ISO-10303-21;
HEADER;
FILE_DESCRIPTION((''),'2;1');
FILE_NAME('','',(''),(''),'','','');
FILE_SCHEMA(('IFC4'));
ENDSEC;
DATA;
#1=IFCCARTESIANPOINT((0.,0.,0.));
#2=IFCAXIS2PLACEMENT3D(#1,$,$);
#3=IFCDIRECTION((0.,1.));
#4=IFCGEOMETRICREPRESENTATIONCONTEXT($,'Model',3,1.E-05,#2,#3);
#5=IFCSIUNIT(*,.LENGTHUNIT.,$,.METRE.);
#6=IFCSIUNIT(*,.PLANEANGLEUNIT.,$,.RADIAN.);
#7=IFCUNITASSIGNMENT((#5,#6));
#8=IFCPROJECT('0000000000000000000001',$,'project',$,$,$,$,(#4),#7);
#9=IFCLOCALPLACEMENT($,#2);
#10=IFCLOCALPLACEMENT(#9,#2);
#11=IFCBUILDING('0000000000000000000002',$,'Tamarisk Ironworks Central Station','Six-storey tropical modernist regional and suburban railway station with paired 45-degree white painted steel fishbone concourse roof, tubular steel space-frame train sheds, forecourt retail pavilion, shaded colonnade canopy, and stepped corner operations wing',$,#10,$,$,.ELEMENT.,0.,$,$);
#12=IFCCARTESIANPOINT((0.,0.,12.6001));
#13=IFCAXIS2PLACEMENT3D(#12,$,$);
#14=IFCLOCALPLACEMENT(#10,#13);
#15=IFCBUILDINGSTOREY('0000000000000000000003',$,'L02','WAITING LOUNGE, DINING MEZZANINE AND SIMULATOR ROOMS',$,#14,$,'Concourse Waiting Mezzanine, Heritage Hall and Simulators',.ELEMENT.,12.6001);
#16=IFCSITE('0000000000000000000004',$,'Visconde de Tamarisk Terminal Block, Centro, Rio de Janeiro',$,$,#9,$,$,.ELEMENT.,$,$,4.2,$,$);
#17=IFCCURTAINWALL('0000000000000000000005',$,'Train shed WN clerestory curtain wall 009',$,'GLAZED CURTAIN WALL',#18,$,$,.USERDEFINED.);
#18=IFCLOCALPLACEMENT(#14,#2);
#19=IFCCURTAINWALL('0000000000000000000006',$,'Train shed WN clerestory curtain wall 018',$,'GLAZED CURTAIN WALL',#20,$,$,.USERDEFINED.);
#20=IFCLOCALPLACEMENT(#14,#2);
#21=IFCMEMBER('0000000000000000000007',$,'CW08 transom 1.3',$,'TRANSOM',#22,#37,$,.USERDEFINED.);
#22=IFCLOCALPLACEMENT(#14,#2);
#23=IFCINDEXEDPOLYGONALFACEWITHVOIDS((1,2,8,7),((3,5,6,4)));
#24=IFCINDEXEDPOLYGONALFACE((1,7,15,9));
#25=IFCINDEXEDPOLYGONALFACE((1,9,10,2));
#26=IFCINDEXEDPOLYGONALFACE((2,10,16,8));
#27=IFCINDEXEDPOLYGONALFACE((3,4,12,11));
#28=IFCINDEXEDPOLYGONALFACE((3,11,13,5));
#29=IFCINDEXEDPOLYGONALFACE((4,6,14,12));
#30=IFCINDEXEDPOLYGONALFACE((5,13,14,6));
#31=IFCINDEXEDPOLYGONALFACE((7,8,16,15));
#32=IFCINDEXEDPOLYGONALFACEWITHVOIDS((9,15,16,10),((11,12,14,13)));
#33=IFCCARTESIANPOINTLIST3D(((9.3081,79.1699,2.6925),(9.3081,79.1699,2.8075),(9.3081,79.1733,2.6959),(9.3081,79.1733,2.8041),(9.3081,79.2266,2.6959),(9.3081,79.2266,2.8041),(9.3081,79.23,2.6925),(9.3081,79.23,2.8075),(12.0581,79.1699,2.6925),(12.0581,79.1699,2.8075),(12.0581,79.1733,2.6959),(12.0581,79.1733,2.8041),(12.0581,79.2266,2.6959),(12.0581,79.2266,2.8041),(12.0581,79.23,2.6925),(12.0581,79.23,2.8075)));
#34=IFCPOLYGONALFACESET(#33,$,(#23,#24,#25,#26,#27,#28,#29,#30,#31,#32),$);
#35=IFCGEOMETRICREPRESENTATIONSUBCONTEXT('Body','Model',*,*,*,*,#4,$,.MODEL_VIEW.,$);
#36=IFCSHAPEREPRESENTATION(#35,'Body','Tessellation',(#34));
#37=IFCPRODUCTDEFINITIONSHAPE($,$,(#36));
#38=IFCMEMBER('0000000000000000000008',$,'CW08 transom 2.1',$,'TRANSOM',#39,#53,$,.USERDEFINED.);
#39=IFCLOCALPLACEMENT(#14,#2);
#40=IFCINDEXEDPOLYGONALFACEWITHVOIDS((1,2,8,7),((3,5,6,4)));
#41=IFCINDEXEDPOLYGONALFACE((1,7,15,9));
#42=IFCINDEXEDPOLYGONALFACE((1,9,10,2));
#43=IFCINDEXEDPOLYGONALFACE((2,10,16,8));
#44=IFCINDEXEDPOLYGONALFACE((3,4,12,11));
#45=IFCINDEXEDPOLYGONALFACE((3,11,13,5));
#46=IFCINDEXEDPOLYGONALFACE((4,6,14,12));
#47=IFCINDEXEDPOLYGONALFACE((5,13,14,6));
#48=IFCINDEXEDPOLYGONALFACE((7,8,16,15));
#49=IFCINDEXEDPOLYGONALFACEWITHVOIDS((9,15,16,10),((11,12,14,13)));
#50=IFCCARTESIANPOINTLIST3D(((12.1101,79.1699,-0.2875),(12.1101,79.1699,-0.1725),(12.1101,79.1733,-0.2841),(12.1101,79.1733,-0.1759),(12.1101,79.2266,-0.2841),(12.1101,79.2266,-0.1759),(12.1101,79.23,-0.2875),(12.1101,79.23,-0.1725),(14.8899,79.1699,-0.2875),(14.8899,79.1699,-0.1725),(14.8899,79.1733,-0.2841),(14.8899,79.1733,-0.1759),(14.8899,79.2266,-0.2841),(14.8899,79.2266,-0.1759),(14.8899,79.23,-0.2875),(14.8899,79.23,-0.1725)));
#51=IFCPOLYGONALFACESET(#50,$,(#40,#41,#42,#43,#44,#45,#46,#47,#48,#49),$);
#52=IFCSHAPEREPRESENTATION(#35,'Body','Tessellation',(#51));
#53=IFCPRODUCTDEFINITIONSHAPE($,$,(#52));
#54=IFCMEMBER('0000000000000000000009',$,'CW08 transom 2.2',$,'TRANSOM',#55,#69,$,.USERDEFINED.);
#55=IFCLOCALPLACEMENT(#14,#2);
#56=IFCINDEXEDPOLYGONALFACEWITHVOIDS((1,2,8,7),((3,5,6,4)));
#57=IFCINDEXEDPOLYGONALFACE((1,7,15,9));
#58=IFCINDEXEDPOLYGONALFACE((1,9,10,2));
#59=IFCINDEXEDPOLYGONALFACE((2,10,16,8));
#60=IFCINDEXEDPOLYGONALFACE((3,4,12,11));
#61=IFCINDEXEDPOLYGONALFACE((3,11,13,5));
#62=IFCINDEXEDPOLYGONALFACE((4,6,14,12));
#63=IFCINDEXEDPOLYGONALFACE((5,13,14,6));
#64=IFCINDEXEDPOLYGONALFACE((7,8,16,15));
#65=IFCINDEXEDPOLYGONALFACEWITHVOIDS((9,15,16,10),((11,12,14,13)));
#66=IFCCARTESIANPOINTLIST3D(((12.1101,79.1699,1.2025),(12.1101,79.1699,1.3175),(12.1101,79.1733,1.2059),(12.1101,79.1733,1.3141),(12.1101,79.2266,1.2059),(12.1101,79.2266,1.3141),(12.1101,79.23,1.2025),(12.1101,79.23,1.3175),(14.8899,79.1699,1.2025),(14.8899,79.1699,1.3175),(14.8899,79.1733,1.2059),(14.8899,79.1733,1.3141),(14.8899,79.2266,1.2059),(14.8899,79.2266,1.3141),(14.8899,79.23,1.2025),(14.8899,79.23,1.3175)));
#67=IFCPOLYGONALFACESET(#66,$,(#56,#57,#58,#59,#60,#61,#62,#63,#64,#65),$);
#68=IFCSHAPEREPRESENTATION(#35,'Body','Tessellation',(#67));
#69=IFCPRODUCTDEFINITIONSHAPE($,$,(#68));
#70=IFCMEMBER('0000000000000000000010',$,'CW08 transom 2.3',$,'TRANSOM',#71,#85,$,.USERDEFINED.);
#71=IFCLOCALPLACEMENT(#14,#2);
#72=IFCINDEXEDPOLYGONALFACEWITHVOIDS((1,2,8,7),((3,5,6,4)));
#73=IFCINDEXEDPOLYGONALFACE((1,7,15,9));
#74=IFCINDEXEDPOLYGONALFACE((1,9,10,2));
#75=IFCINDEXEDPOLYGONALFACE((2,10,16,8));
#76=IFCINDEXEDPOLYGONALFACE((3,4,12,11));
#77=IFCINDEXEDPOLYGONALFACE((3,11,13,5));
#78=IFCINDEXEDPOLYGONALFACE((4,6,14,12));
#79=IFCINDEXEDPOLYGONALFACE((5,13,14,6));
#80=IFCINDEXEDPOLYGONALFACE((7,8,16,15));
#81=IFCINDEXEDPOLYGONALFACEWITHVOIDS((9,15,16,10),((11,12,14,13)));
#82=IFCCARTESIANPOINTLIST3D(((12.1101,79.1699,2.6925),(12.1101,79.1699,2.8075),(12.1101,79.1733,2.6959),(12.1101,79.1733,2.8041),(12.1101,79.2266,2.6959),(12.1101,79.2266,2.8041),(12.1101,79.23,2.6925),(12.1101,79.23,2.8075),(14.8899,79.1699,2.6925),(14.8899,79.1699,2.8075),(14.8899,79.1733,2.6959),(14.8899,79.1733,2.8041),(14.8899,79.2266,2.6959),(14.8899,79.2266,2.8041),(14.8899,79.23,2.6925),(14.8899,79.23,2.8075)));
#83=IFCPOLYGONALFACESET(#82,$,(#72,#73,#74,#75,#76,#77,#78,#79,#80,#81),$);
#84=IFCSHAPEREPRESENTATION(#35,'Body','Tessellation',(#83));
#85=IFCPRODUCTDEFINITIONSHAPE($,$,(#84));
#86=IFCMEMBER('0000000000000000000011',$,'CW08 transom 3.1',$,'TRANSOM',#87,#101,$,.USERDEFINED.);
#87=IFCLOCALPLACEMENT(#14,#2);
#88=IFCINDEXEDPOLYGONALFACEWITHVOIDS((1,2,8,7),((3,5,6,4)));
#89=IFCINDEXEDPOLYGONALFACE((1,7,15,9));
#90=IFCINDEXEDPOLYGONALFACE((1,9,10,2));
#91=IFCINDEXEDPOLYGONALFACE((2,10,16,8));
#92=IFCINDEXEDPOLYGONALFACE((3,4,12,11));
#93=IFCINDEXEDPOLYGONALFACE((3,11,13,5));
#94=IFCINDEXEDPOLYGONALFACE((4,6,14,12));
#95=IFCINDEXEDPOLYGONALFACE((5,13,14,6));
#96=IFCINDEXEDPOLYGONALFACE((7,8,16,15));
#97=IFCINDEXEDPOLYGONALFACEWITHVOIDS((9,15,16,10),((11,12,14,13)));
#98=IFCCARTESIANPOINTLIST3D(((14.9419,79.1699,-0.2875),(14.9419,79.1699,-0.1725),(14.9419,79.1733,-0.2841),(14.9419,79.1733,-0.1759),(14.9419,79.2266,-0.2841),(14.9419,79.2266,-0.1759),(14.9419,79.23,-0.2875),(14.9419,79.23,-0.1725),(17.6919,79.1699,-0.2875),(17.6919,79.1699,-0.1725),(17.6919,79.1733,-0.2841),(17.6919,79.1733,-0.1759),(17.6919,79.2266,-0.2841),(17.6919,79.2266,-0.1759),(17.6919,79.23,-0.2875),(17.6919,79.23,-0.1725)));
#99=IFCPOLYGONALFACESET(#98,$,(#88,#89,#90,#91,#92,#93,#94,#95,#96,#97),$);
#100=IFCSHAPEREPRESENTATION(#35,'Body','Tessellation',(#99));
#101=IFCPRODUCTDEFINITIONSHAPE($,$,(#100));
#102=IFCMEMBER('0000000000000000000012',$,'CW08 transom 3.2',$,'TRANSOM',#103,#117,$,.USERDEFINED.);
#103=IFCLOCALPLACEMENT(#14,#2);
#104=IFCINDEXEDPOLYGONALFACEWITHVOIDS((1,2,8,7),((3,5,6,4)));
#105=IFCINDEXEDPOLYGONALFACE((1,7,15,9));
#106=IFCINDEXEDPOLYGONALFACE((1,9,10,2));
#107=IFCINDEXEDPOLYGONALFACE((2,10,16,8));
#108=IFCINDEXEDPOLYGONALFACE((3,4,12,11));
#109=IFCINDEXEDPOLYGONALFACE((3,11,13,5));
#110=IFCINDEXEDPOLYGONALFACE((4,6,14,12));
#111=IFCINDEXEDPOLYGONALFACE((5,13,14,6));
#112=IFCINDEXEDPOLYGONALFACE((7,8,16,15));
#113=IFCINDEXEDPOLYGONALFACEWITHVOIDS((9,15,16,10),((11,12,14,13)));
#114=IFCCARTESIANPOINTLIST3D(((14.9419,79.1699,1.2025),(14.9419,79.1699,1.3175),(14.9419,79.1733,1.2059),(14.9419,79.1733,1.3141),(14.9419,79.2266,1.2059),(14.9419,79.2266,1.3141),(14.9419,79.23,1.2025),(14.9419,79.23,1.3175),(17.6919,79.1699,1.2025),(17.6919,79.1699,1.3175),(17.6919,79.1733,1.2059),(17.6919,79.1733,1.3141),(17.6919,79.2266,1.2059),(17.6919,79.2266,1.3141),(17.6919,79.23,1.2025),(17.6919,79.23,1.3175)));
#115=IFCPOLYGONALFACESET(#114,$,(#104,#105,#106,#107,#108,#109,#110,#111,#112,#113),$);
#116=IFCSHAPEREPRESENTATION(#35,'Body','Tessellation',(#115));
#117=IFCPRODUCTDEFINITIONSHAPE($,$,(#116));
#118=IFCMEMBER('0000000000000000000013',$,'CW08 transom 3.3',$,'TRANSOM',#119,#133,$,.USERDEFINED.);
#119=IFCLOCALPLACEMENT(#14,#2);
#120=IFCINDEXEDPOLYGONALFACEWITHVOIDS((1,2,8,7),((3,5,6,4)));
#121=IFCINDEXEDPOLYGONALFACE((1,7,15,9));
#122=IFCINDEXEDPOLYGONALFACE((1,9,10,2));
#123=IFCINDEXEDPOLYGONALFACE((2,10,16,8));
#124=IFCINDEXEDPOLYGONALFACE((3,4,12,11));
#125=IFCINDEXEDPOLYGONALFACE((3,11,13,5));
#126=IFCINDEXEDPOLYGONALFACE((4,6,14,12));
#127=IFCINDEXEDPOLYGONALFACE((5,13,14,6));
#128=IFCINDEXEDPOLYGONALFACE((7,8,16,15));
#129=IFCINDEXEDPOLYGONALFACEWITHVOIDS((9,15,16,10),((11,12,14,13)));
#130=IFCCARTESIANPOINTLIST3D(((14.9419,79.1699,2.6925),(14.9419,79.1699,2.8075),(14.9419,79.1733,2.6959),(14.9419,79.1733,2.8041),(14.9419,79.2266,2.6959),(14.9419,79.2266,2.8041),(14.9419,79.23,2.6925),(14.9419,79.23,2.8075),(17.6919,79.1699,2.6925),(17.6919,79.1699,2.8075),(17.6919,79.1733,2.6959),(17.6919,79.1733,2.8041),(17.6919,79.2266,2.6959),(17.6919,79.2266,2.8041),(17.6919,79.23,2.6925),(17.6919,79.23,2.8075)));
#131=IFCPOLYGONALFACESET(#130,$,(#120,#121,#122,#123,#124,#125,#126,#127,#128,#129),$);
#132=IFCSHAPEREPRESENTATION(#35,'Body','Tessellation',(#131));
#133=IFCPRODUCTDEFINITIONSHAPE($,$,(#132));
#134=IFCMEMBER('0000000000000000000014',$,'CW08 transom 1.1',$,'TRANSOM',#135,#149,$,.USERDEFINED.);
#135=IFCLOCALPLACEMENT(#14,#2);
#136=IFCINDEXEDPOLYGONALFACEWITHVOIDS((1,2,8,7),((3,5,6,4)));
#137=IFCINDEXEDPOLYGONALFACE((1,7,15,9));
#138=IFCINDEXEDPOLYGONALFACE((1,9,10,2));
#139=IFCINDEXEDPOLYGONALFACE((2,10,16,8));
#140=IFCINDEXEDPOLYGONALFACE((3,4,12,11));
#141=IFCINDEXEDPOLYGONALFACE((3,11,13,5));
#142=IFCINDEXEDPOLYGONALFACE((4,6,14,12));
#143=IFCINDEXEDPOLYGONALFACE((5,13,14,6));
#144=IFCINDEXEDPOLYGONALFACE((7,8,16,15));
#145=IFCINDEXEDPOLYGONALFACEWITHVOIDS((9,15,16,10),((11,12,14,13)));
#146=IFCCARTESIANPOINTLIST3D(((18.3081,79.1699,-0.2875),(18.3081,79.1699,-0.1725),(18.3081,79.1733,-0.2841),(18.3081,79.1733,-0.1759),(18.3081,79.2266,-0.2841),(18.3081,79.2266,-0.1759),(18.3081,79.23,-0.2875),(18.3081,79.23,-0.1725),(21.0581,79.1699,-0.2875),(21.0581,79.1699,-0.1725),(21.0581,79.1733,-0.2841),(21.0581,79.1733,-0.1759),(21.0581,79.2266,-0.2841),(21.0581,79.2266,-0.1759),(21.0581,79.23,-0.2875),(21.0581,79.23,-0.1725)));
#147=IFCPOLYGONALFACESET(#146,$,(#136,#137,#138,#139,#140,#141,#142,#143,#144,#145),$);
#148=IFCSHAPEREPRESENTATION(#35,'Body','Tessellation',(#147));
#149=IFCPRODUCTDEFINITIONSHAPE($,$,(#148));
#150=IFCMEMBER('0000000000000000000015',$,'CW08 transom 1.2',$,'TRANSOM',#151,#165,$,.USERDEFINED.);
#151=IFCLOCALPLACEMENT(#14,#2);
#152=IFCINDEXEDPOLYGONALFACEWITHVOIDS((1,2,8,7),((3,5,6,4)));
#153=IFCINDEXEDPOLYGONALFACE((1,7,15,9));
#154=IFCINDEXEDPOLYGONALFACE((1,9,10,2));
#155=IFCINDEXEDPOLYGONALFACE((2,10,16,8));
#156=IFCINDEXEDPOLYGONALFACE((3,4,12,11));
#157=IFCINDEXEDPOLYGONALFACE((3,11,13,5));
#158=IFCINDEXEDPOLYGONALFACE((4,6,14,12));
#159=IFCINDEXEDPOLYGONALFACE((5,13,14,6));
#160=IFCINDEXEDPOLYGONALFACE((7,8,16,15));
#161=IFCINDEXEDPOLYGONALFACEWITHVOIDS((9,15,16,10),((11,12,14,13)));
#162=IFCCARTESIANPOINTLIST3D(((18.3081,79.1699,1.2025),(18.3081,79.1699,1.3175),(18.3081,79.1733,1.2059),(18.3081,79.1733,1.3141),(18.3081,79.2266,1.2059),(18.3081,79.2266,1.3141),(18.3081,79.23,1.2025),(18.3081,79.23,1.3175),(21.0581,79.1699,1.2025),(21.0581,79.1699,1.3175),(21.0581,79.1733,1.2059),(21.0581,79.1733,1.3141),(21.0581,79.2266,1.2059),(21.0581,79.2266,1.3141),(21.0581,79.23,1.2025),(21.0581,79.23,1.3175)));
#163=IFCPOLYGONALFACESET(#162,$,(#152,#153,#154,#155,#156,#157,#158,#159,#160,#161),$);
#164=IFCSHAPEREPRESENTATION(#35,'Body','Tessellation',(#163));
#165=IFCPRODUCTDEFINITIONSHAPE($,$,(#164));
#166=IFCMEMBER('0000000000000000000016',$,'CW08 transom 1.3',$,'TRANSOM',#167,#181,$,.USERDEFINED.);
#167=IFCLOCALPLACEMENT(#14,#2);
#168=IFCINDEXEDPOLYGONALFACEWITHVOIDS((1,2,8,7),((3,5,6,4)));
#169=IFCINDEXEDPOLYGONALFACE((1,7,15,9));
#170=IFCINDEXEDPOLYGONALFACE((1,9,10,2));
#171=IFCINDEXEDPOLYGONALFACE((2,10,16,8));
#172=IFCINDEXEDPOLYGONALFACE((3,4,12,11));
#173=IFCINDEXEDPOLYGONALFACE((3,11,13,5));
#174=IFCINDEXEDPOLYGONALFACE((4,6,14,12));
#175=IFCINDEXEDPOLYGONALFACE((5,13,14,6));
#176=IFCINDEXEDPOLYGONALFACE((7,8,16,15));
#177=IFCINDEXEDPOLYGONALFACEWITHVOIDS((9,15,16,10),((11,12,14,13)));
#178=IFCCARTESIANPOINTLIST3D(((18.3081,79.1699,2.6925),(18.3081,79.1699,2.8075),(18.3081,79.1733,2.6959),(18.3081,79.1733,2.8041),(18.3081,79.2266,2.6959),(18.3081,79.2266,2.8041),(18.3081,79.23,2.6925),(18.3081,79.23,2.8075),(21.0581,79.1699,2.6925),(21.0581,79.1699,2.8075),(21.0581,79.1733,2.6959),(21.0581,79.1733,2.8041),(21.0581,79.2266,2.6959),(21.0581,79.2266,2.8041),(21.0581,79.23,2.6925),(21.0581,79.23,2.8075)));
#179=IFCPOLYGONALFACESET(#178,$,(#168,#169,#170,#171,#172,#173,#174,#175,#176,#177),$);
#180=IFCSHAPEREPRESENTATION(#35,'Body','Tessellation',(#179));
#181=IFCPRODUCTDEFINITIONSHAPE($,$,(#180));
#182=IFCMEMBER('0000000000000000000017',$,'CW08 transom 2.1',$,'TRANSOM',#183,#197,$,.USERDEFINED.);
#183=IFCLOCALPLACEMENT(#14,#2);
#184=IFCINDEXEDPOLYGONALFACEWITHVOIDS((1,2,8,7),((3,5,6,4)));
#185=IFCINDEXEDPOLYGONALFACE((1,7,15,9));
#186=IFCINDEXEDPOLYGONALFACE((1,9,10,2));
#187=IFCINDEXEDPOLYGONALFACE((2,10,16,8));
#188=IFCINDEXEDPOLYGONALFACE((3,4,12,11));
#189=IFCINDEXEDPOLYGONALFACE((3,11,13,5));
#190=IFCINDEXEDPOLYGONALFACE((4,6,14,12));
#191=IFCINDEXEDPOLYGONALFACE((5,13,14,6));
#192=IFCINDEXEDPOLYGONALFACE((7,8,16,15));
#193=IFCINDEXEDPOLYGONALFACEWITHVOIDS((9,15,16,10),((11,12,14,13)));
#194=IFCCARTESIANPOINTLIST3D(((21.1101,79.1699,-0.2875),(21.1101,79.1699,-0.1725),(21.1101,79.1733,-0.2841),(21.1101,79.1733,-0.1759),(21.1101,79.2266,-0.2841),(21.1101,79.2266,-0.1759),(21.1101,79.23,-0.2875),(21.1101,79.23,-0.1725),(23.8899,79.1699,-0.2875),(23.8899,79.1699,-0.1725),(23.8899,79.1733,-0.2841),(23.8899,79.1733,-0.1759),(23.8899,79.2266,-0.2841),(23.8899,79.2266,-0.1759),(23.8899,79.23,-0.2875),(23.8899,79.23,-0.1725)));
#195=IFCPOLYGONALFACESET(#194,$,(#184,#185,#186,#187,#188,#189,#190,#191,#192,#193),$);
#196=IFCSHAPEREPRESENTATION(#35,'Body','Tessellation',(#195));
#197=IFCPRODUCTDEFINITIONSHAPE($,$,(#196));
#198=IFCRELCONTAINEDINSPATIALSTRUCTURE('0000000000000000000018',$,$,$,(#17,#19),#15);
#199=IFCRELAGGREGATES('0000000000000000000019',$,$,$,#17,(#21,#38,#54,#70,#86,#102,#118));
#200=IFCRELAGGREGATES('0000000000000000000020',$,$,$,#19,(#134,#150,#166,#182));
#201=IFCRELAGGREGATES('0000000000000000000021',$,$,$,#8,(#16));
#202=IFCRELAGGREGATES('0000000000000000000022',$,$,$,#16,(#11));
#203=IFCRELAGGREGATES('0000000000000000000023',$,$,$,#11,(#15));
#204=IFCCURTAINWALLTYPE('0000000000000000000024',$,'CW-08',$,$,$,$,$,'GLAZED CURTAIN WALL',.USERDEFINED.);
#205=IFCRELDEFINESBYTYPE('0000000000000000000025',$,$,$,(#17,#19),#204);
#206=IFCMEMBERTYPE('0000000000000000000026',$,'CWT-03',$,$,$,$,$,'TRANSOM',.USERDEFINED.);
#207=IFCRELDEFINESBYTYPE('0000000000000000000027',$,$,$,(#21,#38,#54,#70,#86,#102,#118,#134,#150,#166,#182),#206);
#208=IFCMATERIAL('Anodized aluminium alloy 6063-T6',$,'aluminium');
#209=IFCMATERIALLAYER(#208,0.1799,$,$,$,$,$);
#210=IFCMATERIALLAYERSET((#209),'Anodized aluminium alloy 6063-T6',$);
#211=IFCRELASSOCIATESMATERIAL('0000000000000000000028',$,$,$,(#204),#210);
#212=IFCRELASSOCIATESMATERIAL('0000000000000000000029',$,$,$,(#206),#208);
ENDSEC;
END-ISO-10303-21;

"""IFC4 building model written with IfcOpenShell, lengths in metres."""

from ifc_helpers import new_model, si_unit, direction, frame, origin, origin_2d, place, context, subcontext, project, spatial, hollow_rectangle, extrude, material, layer, layer_set, material_profile, profile_set, type_object, element, aggregate, save


model = new_model("IFC4")

# Units and contexts
model_context = context("Model", 3, precision=1e-05, world=origin(), true_north=direction((0.0, 1.0)))
body_context = subcontext(model_context, "Body", "Model", "MODEL_VIEW")
ifc_project = project(units=[si_unit("LENGTHUNIT", "METRE"), si_unit("PLANEANGLEUNIT", "RADIAN")], contexts=[model_context])

# Site, building, storey
site_placement = place(None, origin())
site = spatial("IfcSite", under=ifc_project, at=site_placement, Name="Visconde de Tamarisk Terminal Block, Centro, Rio de Janeiro", CompositionType="ELEMENT", RefElevation=4.2)
building_placement = place(site_placement, origin())
building = spatial("IfcBuilding", under=site, at=building_placement, Name="Tamarisk Ironworks Central Station", Description="Six-storey tropical modernist regional and suburban railway station with paired 45-degree white painted steel fishbone concourse roof, tubular steel space-frame train sheds, forecourt retail pavilion, shaded colonnade canopy, and stepped corner operations wing", CompositionType="ELEMENT", ElevationOfRefHeight=0.0)
storey_placement = place(building_placement, frame((0.0, 0.0, 12.6001)))
storey = spatial("IfcBuildingStorey", under=building, at=storey_placement, Name="L02", Description="WAITING LOUNGE, DINING MEZZANINE AND SIMULATOR ROOMS", LongName="Concourse Waiting Mezzanine, Heritage Hall and Simulators", CompositionType="ELEMENT", Elevation=12.6001)

# Curtain walls
ifc_material_1 = material(Name="Anodized aluminium alloy 6063-T6", Category="aluminium")
ifc_layer_1 = layer(ifc_material_1, 0.1799)
ifc_layer_set_1 = layer_set([ifc_layer_1], Name="Anodized aluminium alloy 6063-T6")
curtain_wall_type = type_object("IfcCurtainWallType", Name="CW-08", ElementType="GLAZED CURTAIN WALL", PredefinedType="USERDEFINED", material=ifc_layer_set_1)
curtain_wall_1_placement = place(storey_placement, origin())
curtain_wall_1 = element("IfcCurtainWall", 1, at=curtain_wall_1_placement, inside=storey, type_object=curtain_wall_type, Name="Train shed WN clerestory curtain wall 009", ObjectType="GLAZED CURTAIN WALL", PredefinedType="USERDEFINED")
curtain_wall_2_placement = place(storey_placement, origin())
curtain_wall_2 = element("IfcCurtainWall", 2, at=curtain_wall_2_placement, inside=storey, type_object=curtain_wall_type, Name="Train shed WN clerestory curtain wall 018", ObjectType="GLAZED CURTAIN WALL", PredefinedType="USERDEFINED")

# Members
ifc_material_profile_1 = material_profile(ifc_material_1, hollow_rectangle(XDim=0.0601, YDim=0.115, WallThickness=0.0034, at=origin_2d()), Name="ALUM 115x60")
ifc_profile_set_1 = profile_set([ifc_material_profile_1], Name="Anodized aluminium alloy 6063-T6")
member_type_1 = type_object("IfcMemberType", Name="CWT-03", ElementType="TRANSOM", PredefinedType="USERDEFINED", material=ifc_profile_set_1)
member_1_placement = place(storey_placement, frame((9.3081, 79.2, 2.75), z_axis=(1.0, 0.0, 0.0), x_axis=(0.0, 1.0, 0.0)))
member_1 = element("IfcMember", 3, at=member_1_placement, type_object=member_type_1, Name="CW08 transom 1.3", ObjectType="TRANSOM", PredefinedType="USERDEFINED", context=body_context, shape_type="SweptSolid", body=[
    extrude(hollow_rectangle(XDim=0.0601, YDim=0.115, WallThickness=0.0034, at=origin_2d()), origin(), (0.0, 0.0, 1.0), 2.75),
])
member_2_placement = place(storey_placement, frame((12.1101, 79.2, -0.23), z_axis=(1.0, 0.0, 0.0), x_axis=(0.0, 1.0, 0.0)))
member_2 = element("IfcMember", 4, at=member_2_placement, type_object=member_type_1, Name="CW08 transom 2.1", ObjectType="TRANSOM", PredefinedType="USERDEFINED", context=body_context, shape_type="SweptSolid", body=[
    extrude(hollow_rectangle(XDim=0.0601, YDim=0.115, WallThickness=0.0034, at=origin_2d()), origin(), (0.0, 0.0, 1.0), 2.7798),
])
member_3_placement = place(storey_placement, frame((12.1101, 79.2, 1.26), z_axis=(1.0, 0.0, 0.0), x_axis=(0.0, 1.0, 0.0)))
member_3 = element("IfcMember", 5, at=member_3_placement, type_object=member_type_1, Name="CW08 transom 2.2", ObjectType="TRANSOM", PredefinedType="USERDEFINED", context=body_context, shape_type="SweptSolid", body=[
    extrude(hollow_rectangle(XDim=0.0601, YDim=0.115, WallThickness=0.0034, at=origin_2d()), origin(), (0.0, 0.0, 1.0), 2.7798),
])
member_4_placement = place(storey_placement, frame((12.1101, 79.2, 2.75), z_axis=(1.0, 0.0, 0.0), x_axis=(0.0, 1.0, 0.0)))
member_4 = element("IfcMember", 6, at=member_4_placement, type_object=member_type_1, Name="CW08 transom 2.3", ObjectType="TRANSOM", PredefinedType="USERDEFINED", context=body_context, shape_type="SweptSolid", body=[
    extrude(hollow_rectangle(XDim=0.0601, YDim=0.115, WallThickness=0.0034, at=origin_2d()), origin(), (0.0, 0.0, 1.0), 2.7798),
])
member_5_placement = place(storey_placement, frame((14.9419, 79.2, -0.23), z_axis=(1.0, 0.0, 0.0), x_axis=(0.0, 1.0, 0.0)))
member_5 = element("IfcMember", 7, at=member_5_placement, type_object=member_type_1, Name="CW08 transom 3.1", ObjectType="TRANSOM", PredefinedType="USERDEFINED", context=body_context, shape_type="SweptSolid", body=[
    extrude(hollow_rectangle(XDim=0.0601, YDim=0.115, WallThickness=0.0034, at=origin_2d()), origin(), (0.0, 0.0, 1.0), 2.75),
])
member_6_placement = place(storey_placement, frame((14.9419, 79.2, 1.26), z_axis=(1.0, 0.0, 0.0), x_axis=(0.0, 1.0, 0.0)))
member_6 = element("IfcMember", 8, at=member_6_placement, type_object=member_type_1, Name="CW08 transom 3.2", ObjectType="TRANSOM", PredefinedType="USERDEFINED", context=body_context, shape_type="SweptSolid", body=[
    extrude(hollow_rectangle(XDim=0.0601, YDim=0.115, WallThickness=0.0034, at=origin_2d()), origin(), (0.0, 0.0, 1.0), 2.75),
])
member_7_placement = place(storey_placement, frame((14.9419, 79.2, 2.75), z_axis=(1.0, 0.0, 0.0), x_axis=(0.0, 1.0, 0.0)))
member_7 = element("IfcMember", 9, at=member_7_placement, type_object=member_type_1, Name="CW08 transom 3.3", ObjectType="TRANSOM", PredefinedType="USERDEFINED", context=body_context, shape_type="SweptSolid", body=[
    extrude(hollow_rectangle(XDim=0.0601, YDim=0.115, WallThickness=0.0034, at=origin_2d()), origin(), (0.0, 0.0, 1.0), 2.75),
])
member_8_placement = place(storey_placement, frame((18.3081, 79.2, -0.23), z_axis=(1.0, 0.0, 0.0), x_axis=(0.0, 1.0, 0.0)))
member_8 = element("IfcMember", 10, at=member_8_placement, type_object=member_type_1, Name="CW08 transom 1.1", ObjectType="TRANSOM", PredefinedType="USERDEFINED", context=body_context, shape_type="SweptSolid", body=[
    extrude(hollow_rectangle(XDim=0.0601, YDim=0.115, WallThickness=0.0034, at=origin_2d()), origin(), (0.0, 0.0, 1.0), 2.75),
])
member_9_placement = place(storey_placement, frame((18.3081, 79.2, 1.26), z_axis=(1.0, 0.0, 0.0), x_axis=(0.0, 1.0, 0.0)))
member_9 = element("IfcMember", 11, at=member_9_placement, type_object=member_type_1, Name="CW08 transom 1.2", ObjectType="TRANSOM", PredefinedType="USERDEFINED", context=body_context, shape_type="SweptSolid", body=[
    extrude(hollow_rectangle(XDim=0.0601, YDim=0.115, WallThickness=0.0034, at=origin_2d()), origin(), (0.0, 0.0, 1.0), 2.75),
])
member_10_placement = place(storey_placement, frame((18.3081, 79.2, 2.75), z_axis=(1.0, 0.0, 0.0), x_axis=(0.0, 1.0, 0.0)))
member_10 = element("IfcMember", 12, at=member_10_placement, type_object=member_type_1, Name="CW08 transom 1.3", ObjectType="TRANSOM", PredefinedType="USERDEFINED", context=body_context, shape_type="SweptSolid", body=[
    extrude(hollow_rectangle(XDim=0.0601, YDim=0.115, WallThickness=0.0034, at=origin_2d()), origin(), (0.0, 0.0, 1.0), 2.75),
])
member_11_placement = place(storey_placement, frame((21.1101, 79.2, -0.23), z_axis=(1.0, 0.0, 0.0), x_axis=(0.0, 1.0, 0.0)))
member_11 = element("IfcMember", 13, at=member_11_placement, type_object=member_type_1, Name="CW08 transom 2.1", ObjectType="TRANSOM", PredefinedType="USERDEFINED", context=body_context, shape_type="SweptSolid", body=[
    extrude(hollow_rectangle(XDim=0.0601, YDim=0.115, WallThickness=0.0034, at=origin_2d()), origin(), (0.0, 0.0, 1.0), 2.7798),
])

aggregate(curtain_wall_1, [member_1, member_2, member_3, member_4, member_5, member_6, member_7])
aggregate(curtain_wall_2, [member_8, member_9, member_10, member_11])

save(model, "model.ifc")
